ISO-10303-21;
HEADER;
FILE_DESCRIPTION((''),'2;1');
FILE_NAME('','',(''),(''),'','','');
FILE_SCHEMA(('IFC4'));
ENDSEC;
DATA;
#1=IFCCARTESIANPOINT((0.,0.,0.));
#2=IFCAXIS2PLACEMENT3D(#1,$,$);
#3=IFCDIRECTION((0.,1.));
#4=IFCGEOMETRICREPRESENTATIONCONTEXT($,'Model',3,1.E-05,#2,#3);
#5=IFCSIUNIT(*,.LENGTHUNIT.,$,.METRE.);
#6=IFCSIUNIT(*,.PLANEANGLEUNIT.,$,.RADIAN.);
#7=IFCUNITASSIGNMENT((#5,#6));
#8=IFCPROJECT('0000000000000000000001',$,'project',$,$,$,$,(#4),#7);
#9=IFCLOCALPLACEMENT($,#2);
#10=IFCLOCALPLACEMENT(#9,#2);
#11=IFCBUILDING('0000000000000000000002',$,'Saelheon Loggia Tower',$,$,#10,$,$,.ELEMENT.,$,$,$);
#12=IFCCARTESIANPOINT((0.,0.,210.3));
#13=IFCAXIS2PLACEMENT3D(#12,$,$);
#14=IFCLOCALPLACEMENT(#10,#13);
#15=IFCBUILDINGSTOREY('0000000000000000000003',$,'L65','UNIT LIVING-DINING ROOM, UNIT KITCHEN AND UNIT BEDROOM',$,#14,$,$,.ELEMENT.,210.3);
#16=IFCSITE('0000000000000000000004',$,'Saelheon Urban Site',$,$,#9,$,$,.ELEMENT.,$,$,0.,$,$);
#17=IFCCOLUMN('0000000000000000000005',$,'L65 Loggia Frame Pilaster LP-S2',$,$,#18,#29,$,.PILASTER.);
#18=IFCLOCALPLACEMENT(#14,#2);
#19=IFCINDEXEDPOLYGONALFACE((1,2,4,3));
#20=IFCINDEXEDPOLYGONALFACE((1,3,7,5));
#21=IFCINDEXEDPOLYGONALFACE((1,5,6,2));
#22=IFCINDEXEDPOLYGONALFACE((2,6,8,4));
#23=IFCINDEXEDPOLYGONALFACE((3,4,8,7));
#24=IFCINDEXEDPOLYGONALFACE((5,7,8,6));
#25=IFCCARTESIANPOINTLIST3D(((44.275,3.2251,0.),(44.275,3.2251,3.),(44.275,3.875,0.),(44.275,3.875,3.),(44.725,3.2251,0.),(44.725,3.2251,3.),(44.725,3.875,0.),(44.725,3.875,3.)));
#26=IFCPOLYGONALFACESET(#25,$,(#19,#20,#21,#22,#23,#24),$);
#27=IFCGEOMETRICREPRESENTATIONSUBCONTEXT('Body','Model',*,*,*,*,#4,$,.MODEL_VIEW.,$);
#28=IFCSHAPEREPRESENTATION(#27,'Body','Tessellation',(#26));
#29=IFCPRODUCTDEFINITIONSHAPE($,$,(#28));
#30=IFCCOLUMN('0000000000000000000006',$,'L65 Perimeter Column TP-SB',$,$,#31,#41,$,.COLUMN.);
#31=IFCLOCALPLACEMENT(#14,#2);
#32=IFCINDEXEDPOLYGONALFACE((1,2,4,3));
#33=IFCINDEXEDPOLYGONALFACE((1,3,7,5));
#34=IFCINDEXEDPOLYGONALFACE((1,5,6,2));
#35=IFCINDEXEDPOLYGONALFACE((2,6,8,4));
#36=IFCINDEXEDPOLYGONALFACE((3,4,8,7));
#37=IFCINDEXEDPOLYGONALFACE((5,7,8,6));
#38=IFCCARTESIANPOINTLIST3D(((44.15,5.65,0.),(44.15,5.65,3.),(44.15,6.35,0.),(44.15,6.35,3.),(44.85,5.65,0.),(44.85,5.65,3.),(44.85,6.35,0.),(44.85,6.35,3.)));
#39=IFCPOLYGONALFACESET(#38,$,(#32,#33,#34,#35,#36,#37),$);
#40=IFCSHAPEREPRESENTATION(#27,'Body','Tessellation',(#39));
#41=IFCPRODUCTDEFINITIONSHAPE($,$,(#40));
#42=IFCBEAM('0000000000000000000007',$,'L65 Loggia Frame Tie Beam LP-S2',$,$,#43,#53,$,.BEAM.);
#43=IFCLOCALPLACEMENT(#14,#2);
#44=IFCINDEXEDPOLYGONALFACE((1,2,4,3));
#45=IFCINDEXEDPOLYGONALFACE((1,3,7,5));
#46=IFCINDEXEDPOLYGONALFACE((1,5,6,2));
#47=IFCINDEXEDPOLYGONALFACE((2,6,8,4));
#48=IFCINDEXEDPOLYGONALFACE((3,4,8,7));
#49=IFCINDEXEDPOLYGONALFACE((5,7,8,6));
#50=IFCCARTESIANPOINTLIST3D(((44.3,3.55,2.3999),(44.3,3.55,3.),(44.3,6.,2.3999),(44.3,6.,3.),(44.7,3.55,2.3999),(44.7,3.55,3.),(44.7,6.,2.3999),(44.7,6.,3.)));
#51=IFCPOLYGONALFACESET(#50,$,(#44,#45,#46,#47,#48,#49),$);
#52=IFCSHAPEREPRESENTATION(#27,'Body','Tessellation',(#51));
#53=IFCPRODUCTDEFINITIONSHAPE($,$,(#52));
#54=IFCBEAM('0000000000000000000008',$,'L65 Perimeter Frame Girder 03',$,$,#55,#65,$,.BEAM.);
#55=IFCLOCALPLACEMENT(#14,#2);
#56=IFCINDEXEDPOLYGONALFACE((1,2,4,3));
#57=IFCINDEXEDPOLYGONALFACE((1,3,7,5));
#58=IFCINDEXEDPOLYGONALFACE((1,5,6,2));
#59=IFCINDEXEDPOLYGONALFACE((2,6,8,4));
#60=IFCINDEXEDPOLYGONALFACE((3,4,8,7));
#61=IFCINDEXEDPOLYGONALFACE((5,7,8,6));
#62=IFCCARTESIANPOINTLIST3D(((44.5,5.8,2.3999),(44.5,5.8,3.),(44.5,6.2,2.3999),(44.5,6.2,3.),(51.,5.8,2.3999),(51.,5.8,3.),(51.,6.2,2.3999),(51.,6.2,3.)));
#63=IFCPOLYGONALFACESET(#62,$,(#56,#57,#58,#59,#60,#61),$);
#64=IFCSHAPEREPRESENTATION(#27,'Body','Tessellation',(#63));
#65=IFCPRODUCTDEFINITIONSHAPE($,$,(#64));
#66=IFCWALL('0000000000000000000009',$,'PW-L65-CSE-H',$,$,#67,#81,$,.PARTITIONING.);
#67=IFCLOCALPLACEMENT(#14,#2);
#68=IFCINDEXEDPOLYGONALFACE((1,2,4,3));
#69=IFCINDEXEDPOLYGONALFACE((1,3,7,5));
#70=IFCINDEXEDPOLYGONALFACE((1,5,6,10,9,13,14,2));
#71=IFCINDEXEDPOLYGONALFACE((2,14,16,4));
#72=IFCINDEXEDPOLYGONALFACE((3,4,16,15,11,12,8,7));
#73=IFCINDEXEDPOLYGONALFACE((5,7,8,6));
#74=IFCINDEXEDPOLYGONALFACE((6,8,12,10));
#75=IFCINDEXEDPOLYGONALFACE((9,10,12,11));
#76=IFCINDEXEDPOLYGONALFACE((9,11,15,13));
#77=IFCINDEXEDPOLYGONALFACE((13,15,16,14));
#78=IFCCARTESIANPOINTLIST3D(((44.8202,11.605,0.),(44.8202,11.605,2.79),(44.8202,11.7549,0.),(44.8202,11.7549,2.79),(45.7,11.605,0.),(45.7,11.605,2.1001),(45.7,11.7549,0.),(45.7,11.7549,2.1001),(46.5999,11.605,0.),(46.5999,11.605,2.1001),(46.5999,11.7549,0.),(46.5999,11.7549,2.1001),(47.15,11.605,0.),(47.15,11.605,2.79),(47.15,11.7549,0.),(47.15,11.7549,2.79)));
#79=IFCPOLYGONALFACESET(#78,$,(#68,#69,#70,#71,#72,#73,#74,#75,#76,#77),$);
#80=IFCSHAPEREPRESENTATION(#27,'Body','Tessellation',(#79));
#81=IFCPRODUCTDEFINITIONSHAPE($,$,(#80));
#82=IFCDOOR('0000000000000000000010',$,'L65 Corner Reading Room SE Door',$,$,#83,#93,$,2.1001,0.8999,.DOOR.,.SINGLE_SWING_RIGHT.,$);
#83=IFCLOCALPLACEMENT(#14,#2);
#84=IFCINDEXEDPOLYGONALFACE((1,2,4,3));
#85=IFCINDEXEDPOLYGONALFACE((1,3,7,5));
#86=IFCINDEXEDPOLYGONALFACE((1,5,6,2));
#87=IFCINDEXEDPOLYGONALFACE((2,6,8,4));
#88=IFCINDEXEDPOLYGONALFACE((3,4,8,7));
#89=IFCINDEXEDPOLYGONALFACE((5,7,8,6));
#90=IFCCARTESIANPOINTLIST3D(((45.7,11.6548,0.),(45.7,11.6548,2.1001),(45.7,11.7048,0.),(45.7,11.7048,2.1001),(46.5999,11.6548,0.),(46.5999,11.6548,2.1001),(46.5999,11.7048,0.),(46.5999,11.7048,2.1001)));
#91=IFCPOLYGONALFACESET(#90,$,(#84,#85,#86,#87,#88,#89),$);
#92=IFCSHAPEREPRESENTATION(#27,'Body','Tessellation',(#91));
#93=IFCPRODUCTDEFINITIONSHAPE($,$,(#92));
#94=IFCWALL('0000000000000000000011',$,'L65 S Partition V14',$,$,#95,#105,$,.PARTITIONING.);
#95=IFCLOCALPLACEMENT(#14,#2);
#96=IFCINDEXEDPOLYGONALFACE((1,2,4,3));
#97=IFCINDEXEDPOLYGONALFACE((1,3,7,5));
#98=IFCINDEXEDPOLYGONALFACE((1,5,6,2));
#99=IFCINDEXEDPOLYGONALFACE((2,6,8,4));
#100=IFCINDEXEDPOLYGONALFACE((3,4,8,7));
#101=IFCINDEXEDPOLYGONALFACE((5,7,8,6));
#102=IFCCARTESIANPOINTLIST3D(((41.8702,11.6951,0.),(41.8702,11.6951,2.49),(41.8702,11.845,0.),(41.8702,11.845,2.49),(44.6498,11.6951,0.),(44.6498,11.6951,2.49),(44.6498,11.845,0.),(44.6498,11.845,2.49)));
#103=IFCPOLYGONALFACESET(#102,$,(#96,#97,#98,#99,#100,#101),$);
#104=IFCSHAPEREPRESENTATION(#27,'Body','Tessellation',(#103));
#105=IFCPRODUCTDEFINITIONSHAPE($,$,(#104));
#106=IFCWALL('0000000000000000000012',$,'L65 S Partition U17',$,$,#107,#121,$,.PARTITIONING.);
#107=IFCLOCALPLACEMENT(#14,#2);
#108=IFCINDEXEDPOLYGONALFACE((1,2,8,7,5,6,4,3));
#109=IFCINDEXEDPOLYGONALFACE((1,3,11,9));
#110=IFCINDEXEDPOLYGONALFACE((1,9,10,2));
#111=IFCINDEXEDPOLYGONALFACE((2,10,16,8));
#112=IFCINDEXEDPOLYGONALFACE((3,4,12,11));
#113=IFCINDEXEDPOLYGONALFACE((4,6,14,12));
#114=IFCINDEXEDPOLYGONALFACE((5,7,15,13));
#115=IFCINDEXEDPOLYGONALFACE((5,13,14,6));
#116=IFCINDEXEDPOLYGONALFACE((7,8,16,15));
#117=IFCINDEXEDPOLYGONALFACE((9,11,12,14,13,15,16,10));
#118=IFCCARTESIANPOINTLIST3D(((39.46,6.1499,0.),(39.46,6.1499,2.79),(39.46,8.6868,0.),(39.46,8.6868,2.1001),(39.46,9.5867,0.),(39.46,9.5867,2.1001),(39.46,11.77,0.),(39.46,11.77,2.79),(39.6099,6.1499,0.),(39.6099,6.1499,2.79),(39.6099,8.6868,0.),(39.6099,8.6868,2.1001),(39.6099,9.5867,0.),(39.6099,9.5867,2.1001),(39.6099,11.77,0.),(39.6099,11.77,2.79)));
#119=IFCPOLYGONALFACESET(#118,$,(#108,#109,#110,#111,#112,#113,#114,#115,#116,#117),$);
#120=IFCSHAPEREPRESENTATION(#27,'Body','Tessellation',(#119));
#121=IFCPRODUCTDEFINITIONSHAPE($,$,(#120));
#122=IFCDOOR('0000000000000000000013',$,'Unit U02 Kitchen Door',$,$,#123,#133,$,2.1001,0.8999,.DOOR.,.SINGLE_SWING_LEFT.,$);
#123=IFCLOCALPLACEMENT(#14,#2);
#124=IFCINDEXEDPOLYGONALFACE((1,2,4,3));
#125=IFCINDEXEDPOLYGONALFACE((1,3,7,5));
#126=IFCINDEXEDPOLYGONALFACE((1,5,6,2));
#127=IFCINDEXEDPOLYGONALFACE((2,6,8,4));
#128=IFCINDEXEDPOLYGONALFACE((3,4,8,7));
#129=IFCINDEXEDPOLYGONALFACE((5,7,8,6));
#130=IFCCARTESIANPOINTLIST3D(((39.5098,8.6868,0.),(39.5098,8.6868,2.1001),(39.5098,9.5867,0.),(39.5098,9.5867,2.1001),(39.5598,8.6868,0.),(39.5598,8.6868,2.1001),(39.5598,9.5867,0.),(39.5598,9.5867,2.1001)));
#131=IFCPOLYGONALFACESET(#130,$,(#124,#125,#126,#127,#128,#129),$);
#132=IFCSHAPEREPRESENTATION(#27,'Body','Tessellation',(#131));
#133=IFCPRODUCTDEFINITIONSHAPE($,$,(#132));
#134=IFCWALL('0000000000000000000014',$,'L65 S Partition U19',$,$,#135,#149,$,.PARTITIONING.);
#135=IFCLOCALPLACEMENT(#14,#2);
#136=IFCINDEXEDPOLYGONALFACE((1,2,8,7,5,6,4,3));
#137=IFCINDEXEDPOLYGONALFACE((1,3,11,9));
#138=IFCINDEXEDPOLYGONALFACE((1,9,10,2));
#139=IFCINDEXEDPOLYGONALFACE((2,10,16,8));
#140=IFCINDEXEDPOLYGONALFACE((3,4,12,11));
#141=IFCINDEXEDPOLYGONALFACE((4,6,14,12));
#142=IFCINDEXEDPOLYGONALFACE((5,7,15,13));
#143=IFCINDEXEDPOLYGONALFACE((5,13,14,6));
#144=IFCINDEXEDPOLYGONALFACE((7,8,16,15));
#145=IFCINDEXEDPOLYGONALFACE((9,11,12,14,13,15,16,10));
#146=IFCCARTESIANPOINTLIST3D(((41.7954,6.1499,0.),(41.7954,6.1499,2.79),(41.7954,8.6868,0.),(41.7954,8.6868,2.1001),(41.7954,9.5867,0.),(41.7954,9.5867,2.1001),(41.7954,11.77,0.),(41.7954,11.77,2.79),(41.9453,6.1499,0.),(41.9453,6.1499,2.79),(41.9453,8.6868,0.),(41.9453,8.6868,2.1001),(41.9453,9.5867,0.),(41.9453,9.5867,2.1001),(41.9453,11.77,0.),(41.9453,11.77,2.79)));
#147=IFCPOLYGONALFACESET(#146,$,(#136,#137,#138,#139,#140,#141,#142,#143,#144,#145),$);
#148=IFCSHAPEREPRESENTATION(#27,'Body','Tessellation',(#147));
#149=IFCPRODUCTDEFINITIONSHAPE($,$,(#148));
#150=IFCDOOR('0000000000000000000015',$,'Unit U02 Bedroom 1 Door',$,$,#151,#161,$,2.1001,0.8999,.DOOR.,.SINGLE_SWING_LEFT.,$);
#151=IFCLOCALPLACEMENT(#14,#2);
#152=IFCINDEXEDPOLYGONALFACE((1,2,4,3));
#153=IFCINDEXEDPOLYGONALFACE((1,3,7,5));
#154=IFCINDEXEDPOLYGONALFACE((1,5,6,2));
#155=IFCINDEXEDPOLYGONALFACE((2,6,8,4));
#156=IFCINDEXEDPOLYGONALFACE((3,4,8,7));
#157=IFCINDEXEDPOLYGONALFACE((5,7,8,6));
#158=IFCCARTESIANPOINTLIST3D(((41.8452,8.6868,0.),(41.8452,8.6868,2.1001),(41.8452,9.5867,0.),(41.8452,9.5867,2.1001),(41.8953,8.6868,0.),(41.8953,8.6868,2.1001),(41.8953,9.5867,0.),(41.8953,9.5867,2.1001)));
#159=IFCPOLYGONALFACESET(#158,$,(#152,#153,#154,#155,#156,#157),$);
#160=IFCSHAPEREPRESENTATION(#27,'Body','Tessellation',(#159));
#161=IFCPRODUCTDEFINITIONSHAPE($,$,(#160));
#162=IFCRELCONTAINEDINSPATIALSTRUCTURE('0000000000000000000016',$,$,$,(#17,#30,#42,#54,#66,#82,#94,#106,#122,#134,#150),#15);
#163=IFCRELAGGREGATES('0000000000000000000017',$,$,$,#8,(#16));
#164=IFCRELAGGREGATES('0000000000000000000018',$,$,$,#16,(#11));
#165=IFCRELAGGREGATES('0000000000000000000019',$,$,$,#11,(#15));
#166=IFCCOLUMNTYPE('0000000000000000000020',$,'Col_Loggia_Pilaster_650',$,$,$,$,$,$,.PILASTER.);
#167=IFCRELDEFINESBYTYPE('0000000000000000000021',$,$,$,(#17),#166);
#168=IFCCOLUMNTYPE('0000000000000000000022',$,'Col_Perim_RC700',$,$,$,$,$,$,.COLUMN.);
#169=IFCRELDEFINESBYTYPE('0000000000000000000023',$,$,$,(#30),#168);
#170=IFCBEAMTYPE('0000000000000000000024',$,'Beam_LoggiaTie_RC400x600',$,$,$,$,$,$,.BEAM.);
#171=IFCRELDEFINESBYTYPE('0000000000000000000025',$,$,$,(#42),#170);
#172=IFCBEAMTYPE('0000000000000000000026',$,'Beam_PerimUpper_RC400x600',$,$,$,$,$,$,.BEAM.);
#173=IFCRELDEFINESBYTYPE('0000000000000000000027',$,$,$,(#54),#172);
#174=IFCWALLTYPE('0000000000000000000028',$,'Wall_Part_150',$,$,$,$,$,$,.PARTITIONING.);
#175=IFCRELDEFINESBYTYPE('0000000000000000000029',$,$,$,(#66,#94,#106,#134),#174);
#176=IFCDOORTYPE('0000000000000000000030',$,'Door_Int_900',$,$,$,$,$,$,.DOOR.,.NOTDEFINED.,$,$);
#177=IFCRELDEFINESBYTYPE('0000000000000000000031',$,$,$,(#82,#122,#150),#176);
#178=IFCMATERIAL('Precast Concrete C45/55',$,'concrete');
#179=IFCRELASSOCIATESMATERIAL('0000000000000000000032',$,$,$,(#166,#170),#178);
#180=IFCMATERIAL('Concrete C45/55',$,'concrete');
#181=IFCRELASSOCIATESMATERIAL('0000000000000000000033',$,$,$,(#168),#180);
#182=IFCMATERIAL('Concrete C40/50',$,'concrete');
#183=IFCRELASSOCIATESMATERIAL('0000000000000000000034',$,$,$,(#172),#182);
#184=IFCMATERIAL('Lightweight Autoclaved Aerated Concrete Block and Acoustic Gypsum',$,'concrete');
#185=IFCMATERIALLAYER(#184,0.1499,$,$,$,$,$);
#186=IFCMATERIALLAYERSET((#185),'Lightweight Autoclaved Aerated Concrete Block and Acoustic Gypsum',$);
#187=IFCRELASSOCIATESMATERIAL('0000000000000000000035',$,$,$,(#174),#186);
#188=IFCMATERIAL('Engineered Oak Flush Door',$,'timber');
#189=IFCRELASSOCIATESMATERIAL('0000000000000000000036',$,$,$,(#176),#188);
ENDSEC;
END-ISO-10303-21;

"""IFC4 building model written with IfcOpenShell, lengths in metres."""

from ifc_helpers import new_model, si_unit, direction, frame, frame_2d, origin, origin_2d, place, context, subcontext, project, spatial, rectangle, extrude, source, transform, mapped, material, layer, layer_set, material_profile, profile_set, type_object, element, fill, save


model = new_model("IFC4")

# Units and contexts
model_context = context("Model", 3, precision=1e-05, world=origin(), true_north=direction((0.0, 1.0)))
body_context = subcontext(model_context, "Body", "Model", "MODEL_VIEW")
ifc_project = project(units=[si_unit("LENGTHUNIT", "METRE"), si_unit("PLANEANGLEUNIT", "RADIAN")], contexts=[model_context])

# Site, building, storey
site_placement = place(None, origin())
site = spatial("IfcSite", under=ifc_project, at=site_placement, Name="Saelheon Urban Site", CompositionType="ELEMENT", RefElevation=0.0)
building_placement = place(site_placement, origin())
building = spatial("IfcBuilding", under=site, at=building_placement, Name="Saelheon Loggia Tower", CompositionType="ELEMENT")
storey_placement = place(building_placement, frame((0.0, 0.0, 210.3)))
storey = spatial("IfcBuildingStorey", under=building, at=storey_placement, Name="L65", Description="UNIT LIVING-DINING ROOM, UNIT KITCHEN AND UNIT BEDROOM", CompositionType="ELEMENT", Elevation=210.3)

# Columns
ifc_material_1 = material(Name="Precast Concrete C45/55", Category="concrete")
ifc_material_profile_1 = material_profile(ifc_material_1, rectangle(XDim=0.45, YDim=0.6499, at=origin_2d()), Name="RC-450x650")
ifc_profile_set_1 = profile_set([ifc_material_profile_1], Name="Precast Concrete C45/55")
column_type_1 = type_object("IfcColumnType", Name="Col_Loggia_Pilaster_650", PredefinedType="PILASTER", material=ifc_profile_set_1)
shared_shape_1 = source(origin(), body_context, "Body", "SweptSolid", [
    extrude(rectangle(XDim=0.45, YDim=0.6499, at=origin_2d()), origin(), (0.0, 0.0, 1.0), 3.0),
])
column_1_placement = place(storey_placement, frame((44.5, 3.55, 0.0), z_axis=(0.0, 0.0, 1.0), x_axis=(1.0, 0.0, 0.0)))
element("IfcColumn", 1, at=column_1_placement, inside=storey, type_object=column_type_1, Name="L65 Loggia Frame Pilaster LP-S2", PredefinedType="PILASTER", context=body_context, shape_type="MappedRepresentation", body=[
    mapped(shared_shape_1, transform((0.0, 0.0, 0.0), scale=1.0)),
])
ifc_material_2 = material(Name="Concrete C45/55", Category="concrete")
ifc_material_profile_2 = material_profile(ifc_material_2, rectangle(XDim=0.7, YDim=0.7, at=origin_2d()), Name="RC-700x700")
ifc_profile_set_2 = profile_set([ifc_material_profile_2], Name="Concrete C45/55")
column_type_2 = type_object("IfcColumnType", Name="Col_Perim_RC700", PredefinedType="COLUMN", material=ifc_profile_set_2)
shared_shape_2 = source(origin(), body_context, "Body", "SweptSolid", [
    extrude(rectangle(XDim=0.7, YDim=0.7, at=origin_2d()), origin(), (0.0, 0.0, 1.0), 3.0),
])
column_2_placement = place(storey_placement, frame((44.5, 6.0, 0.0), z_axis=(0.0, 0.0, 1.0), x_axis=(1.0, 0.0, 0.0)))
element("IfcColumn", 2, at=column_2_placement, inside=storey, type_object=column_type_2, Name="L65 Perimeter Column TP-SB", PredefinedType="COLUMN", context=body_context, shape_type="MappedRepresentation", body=[
    mapped(shared_shape_2, transform((0.0, 0.0, 0.0), scale=1.0)),
])

# Beams
ifc_material_profile_3 = material_profile(ifc_material_1, rectangle(XDim=0.3999, YDim=0.6001, at=origin_2d()), Name="RC-400x600")
ifc_profile_set_3 = profile_set([ifc_material_profile_3], Name="Precast Concrete C45/55")
beam_type_1 = type_object("IfcBeamType", Name="Beam_LoggiaTie_RC400x600", PredefinedType="BEAM", material=ifc_profile_set_3)
shared_shape_3 = source(origin(), body_context, "Body", "SweptSolid", [
    extrude(rectangle(XDim=0.3999, YDim=0.6001, at=origin_2d()), origin(), (0.0, 0.0, 1.0), 2.45),
])
beam_1_placement = place(storey_placement, frame((44.5, 6.0, 2.7), z_axis=(0.0, -1.0, 0.0), x_axis=(1.0, 0.0, 0.0)))
element("IfcBeam", 3, at=beam_1_placement, inside=storey, type_object=beam_type_1, Name="L65 Loggia Frame Tie Beam LP-S2", PredefinedType="BEAM", context=body_context, shape_type="MappedRepresentation", body=[
    mapped(shared_shape_3, transform((0.0, 0.0, 0.0), scale=1.0)),
])
ifc_material_3 = material(Name="Concrete C40/50", Category="concrete")
ifc_material_profile_4 = material_profile(ifc_material_3, rectangle(XDim=0.3999, YDim=0.6001, at=origin_2d()), Name="RC-400x600")
ifc_profile_set_4 = profile_set([ifc_material_profile_4], Name="Concrete C40/50")
beam_type_2 = type_object("IfcBeamType", Name="Beam_PerimUpper_RC400x600", PredefinedType="BEAM", material=ifc_profile_set_4)
shared_shape_4 = source(origin(), body_context, "Body", "SweptSolid", [
    extrude(rectangle(XDim=0.3999, YDim=0.6001, at=origin_2d()), origin(), (0.0, 0.0, 1.0), 6.5),
])
beam_2_placement = place(storey_placement, frame((44.5, 6.0, 2.7), z_axis=(1.0, 0.0, 0.0), x_axis=(0.0, 1.0, 0.0)))
element("IfcBeam", 4, at=beam_2_placement, inside=storey, type_object=beam_type_2, Name="L65 Perimeter Frame Girder 03", PredefinedType="BEAM", context=body_context, shape_type="MappedRepresentation", body=[
    mapped(shared_shape_4, transform((0.0, 0.0, 0.0), scale=1.0)),
])

# Wall, opening, door
ifc_material_4 = material(Name="Lightweight Autoclaved Aerated Concrete Block and Acoustic Gypsum", Category="concrete")
ifc_layer_1 = layer(ifc_material_4, 0.1499)
ifc_layer_set_1 = layer_set([ifc_layer_1], Name="Lightweight Autoclaved Aerated Concrete Block and Acoustic Gypsum")
wall_type_1 = type_object("IfcWallType", Name="Wall_Part_150", PredefinedType="PARTITIONING", material=ifc_layer_set_1)
wall_1_placement = place(storey_placement, frame((44.8201, 11.6799, 0.0), z_axis=(0.0, 0.0, 1.0), x_axis=(1.0, 0.0, 0.0)))
wall_1 = element("IfcWall", 5, at=wall_1_placement, inside=storey, type_object=wall_type_1, Name="PW-L65-CSE-H", PredefinedType="PARTITIONING", context=body_context, shape_type="SweptSolid", body=[
    extrude(rectangle(XDim=2.3298, YDim=0.1499, at=frame_2d((1.165, 0.0))), origin(), (0.0, 0.0, 1.0), 2.79),
])
opening_1_placement = place(wall_1_placement, frame((0.8799, 0.0, 0.0)))
opening_1 = element("IfcOpeningElement", 6, at=opening_1_placement, cuts=wall_1, PredefinedType="OPENING", context=body_context, shape_type="SweptSolid", body=[
    extrude(rectangle(XDim=0.8999, YDim=2.1001, at=frame_2d((0.45, 1.05))), frame((0.0, 0.0869, 0.0), z_axis=(0.0, -1.0, 0.0), x_axis=(1.0, 0.0, 0.0)), (0.0, 0.0, 1.0), 0.1738),
])
ifc_material_5 = material(Name="Engineered Oak Flush Door", Category="timber")
door_type_1 = type_object("IfcDoorType", Name="Door_Int_900", OperationType="NOTDEFINED", PredefinedType="DOOR", material=ifc_material_5)
shared_shape_5 = source(origin(), body_context, "Body", "SweptSolid", [
    extrude(rectangle(XDim=0.8999, YDim=2.1001, at=frame_2d((0.45, 1.05))), frame((0.0, 0.0249, 0.0), z_axis=(0.0, -1.0, 0.0), x_axis=(1.0, 0.0, 0.0)), (0.0, 0.0, 1.0), 0.05),
])
door_1_placement = place(opening_1_placement, origin())
door_1 = element("IfcDoor", 7, at=door_1_placement, inside=storey, type_object=door_type_1, Name="L65 Corner Reading Room SE Door", OperationType="SINGLE_SWING_RIGHT", OverallHeight=2.1001, OverallWidth=0.8999, PredefinedType="DOOR", context=body_context, shape_type="MappedRepresentation", body=[
    mapped(shared_shape_5, transform((0.0, 0.0, 0.0), scale=1.0)),
])
fill(opening_1, door_1)

# Wall
wall_2_placement = place(storey_placement, frame((41.8704, 11.77, 0.0), z_axis=(0.0, 0.0, 1.0), x_axis=(1.0, 0.0, 0.0)))
element("IfcWall", 8, at=wall_2_placement, inside=storey, type_object=wall_type_1, Name="L65 S Partition V14", PredefinedType="PARTITIONING", context=body_context, shape_type="SweptSolid", body=[
    extrude(rectangle(XDim=2.7795, YDim=0.1499, at=frame_2d((1.3896, 0.0))), origin(), (0.0, 0.0, 1.0), 2.49),
])

# Walls, openings, doors
wall_3_placement = place(storey_placement, frame((39.5349, 11.77, 0.0), z_axis=(0.0, 0.0, 1.0), x_axis=(0.0, -1.0, 0.0)))
wall_3 = element("IfcWall", 9, at=wall_3_placement, inside=storey, type_object=wall_type_1, Name="L65 S Partition U17", PredefinedType="PARTITIONING", context=body_context, shape_type="SweptSolid", body=[
    extrude(rectangle(XDim=5.6201, YDim=0.1499, at=frame_2d((2.8101, 0.0))), origin(), (0.0, 0.0, 1.0), 2.79),
])
opening_2_placement = place(wall_3_placement, frame((2.1833, 0.0, 0.0)))
opening_2 = element("IfcOpeningElement", 10, at=opening_2_placement, cuts=wall_3, PredefinedType="OPENING", context=body_context, shape_type="SweptSolid", body=[
    extrude(rectangle(XDim=0.8999, YDim=2.1001, at=frame_2d((0.45, 1.05))), frame((0.0, 0.0869, 0.0), z_axis=(0.0, -1.0, 0.0), x_axis=(1.0, 0.0, 0.0)), (0.0, 0.0, 1.0), 0.1738),
])
door_2_placement = place(opening_2_placement, origin())
door_2 = element("IfcDoor", 11, at=door_2_placement, inside=storey, type_object=door_type_1, Name="Unit U02 Kitchen Door", OperationType="SINGLE_SWING_LEFT", OverallHeight=2.1001, OverallWidth=0.8999, PredefinedType="DOOR", context=body_context, shape_type="MappedRepresentation", body=[
    mapped(shared_shape_5, transform((0.0, 0.0, 0.0), scale=1.0)),
])
fill(opening_2, door_2)
wall_4_placement = place(storey_placement, frame((41.8704, 11.77, 0.0), z_axis=(0.0, 0.0, 1.0), x_axis=(0.0, -1.0, 0.0)))
wall_4 = element("IfcWall", 12, at=wall_4_placement, inside=storey, type_object=wall_type_1, Name="L65 S Partition U19", PredefinedType="PARTITIONING", context=body_context, shape_type="SweptSolid", body=[
    extrude(rectangle(XDim=5.6201, YDim=0.1499, at=frame_2d((2.8101, 0.0))), origin(), (0.0, 0.0, 1.0), 2.79),
])
opening_3_placement = place(wall_4_placement, frame((2.1833, 0.0, 0.0)))
opening_3 = element("IfcOpeningElement", 13, at=opening_3_placement, cuts=wall_4, PredefinedType="OPENING", context=body_context, shape_type="SweptSolid", body=[
    extrude(rectangle(XDim=0.8999, YDim=2.1001, at=frame_2d((0.45, 1.05))), frame((0.0, 0.0869, 0.0), z_axis=(0.0, -1.0, 0.0), x_axis=(1.0, 0.0, 0.0)), (0.0, 0.0, 1.0), 0.1738),
])
door_3_placement = place(opening_3_placement, origin())
door_3 = element("IfcDoor", 14, at=door_3_placement, inside=storey, type_object=door_type_1, Name="Unit U02 Bedroom 1 Door", OperationType="SINGLE_SWING_LEFT", OverallHeight=2.1001, OverallWidth=0.8999, PredefinedType="DOOR", context=body_context, shape_type="MappedRepresentation", body=[
    mapped(shared_shape_5, transform((0.0, 0.0, 0.0), scale=1.0)),
])
fill(opening_3, door_3)

save(model, "model.ifc")
